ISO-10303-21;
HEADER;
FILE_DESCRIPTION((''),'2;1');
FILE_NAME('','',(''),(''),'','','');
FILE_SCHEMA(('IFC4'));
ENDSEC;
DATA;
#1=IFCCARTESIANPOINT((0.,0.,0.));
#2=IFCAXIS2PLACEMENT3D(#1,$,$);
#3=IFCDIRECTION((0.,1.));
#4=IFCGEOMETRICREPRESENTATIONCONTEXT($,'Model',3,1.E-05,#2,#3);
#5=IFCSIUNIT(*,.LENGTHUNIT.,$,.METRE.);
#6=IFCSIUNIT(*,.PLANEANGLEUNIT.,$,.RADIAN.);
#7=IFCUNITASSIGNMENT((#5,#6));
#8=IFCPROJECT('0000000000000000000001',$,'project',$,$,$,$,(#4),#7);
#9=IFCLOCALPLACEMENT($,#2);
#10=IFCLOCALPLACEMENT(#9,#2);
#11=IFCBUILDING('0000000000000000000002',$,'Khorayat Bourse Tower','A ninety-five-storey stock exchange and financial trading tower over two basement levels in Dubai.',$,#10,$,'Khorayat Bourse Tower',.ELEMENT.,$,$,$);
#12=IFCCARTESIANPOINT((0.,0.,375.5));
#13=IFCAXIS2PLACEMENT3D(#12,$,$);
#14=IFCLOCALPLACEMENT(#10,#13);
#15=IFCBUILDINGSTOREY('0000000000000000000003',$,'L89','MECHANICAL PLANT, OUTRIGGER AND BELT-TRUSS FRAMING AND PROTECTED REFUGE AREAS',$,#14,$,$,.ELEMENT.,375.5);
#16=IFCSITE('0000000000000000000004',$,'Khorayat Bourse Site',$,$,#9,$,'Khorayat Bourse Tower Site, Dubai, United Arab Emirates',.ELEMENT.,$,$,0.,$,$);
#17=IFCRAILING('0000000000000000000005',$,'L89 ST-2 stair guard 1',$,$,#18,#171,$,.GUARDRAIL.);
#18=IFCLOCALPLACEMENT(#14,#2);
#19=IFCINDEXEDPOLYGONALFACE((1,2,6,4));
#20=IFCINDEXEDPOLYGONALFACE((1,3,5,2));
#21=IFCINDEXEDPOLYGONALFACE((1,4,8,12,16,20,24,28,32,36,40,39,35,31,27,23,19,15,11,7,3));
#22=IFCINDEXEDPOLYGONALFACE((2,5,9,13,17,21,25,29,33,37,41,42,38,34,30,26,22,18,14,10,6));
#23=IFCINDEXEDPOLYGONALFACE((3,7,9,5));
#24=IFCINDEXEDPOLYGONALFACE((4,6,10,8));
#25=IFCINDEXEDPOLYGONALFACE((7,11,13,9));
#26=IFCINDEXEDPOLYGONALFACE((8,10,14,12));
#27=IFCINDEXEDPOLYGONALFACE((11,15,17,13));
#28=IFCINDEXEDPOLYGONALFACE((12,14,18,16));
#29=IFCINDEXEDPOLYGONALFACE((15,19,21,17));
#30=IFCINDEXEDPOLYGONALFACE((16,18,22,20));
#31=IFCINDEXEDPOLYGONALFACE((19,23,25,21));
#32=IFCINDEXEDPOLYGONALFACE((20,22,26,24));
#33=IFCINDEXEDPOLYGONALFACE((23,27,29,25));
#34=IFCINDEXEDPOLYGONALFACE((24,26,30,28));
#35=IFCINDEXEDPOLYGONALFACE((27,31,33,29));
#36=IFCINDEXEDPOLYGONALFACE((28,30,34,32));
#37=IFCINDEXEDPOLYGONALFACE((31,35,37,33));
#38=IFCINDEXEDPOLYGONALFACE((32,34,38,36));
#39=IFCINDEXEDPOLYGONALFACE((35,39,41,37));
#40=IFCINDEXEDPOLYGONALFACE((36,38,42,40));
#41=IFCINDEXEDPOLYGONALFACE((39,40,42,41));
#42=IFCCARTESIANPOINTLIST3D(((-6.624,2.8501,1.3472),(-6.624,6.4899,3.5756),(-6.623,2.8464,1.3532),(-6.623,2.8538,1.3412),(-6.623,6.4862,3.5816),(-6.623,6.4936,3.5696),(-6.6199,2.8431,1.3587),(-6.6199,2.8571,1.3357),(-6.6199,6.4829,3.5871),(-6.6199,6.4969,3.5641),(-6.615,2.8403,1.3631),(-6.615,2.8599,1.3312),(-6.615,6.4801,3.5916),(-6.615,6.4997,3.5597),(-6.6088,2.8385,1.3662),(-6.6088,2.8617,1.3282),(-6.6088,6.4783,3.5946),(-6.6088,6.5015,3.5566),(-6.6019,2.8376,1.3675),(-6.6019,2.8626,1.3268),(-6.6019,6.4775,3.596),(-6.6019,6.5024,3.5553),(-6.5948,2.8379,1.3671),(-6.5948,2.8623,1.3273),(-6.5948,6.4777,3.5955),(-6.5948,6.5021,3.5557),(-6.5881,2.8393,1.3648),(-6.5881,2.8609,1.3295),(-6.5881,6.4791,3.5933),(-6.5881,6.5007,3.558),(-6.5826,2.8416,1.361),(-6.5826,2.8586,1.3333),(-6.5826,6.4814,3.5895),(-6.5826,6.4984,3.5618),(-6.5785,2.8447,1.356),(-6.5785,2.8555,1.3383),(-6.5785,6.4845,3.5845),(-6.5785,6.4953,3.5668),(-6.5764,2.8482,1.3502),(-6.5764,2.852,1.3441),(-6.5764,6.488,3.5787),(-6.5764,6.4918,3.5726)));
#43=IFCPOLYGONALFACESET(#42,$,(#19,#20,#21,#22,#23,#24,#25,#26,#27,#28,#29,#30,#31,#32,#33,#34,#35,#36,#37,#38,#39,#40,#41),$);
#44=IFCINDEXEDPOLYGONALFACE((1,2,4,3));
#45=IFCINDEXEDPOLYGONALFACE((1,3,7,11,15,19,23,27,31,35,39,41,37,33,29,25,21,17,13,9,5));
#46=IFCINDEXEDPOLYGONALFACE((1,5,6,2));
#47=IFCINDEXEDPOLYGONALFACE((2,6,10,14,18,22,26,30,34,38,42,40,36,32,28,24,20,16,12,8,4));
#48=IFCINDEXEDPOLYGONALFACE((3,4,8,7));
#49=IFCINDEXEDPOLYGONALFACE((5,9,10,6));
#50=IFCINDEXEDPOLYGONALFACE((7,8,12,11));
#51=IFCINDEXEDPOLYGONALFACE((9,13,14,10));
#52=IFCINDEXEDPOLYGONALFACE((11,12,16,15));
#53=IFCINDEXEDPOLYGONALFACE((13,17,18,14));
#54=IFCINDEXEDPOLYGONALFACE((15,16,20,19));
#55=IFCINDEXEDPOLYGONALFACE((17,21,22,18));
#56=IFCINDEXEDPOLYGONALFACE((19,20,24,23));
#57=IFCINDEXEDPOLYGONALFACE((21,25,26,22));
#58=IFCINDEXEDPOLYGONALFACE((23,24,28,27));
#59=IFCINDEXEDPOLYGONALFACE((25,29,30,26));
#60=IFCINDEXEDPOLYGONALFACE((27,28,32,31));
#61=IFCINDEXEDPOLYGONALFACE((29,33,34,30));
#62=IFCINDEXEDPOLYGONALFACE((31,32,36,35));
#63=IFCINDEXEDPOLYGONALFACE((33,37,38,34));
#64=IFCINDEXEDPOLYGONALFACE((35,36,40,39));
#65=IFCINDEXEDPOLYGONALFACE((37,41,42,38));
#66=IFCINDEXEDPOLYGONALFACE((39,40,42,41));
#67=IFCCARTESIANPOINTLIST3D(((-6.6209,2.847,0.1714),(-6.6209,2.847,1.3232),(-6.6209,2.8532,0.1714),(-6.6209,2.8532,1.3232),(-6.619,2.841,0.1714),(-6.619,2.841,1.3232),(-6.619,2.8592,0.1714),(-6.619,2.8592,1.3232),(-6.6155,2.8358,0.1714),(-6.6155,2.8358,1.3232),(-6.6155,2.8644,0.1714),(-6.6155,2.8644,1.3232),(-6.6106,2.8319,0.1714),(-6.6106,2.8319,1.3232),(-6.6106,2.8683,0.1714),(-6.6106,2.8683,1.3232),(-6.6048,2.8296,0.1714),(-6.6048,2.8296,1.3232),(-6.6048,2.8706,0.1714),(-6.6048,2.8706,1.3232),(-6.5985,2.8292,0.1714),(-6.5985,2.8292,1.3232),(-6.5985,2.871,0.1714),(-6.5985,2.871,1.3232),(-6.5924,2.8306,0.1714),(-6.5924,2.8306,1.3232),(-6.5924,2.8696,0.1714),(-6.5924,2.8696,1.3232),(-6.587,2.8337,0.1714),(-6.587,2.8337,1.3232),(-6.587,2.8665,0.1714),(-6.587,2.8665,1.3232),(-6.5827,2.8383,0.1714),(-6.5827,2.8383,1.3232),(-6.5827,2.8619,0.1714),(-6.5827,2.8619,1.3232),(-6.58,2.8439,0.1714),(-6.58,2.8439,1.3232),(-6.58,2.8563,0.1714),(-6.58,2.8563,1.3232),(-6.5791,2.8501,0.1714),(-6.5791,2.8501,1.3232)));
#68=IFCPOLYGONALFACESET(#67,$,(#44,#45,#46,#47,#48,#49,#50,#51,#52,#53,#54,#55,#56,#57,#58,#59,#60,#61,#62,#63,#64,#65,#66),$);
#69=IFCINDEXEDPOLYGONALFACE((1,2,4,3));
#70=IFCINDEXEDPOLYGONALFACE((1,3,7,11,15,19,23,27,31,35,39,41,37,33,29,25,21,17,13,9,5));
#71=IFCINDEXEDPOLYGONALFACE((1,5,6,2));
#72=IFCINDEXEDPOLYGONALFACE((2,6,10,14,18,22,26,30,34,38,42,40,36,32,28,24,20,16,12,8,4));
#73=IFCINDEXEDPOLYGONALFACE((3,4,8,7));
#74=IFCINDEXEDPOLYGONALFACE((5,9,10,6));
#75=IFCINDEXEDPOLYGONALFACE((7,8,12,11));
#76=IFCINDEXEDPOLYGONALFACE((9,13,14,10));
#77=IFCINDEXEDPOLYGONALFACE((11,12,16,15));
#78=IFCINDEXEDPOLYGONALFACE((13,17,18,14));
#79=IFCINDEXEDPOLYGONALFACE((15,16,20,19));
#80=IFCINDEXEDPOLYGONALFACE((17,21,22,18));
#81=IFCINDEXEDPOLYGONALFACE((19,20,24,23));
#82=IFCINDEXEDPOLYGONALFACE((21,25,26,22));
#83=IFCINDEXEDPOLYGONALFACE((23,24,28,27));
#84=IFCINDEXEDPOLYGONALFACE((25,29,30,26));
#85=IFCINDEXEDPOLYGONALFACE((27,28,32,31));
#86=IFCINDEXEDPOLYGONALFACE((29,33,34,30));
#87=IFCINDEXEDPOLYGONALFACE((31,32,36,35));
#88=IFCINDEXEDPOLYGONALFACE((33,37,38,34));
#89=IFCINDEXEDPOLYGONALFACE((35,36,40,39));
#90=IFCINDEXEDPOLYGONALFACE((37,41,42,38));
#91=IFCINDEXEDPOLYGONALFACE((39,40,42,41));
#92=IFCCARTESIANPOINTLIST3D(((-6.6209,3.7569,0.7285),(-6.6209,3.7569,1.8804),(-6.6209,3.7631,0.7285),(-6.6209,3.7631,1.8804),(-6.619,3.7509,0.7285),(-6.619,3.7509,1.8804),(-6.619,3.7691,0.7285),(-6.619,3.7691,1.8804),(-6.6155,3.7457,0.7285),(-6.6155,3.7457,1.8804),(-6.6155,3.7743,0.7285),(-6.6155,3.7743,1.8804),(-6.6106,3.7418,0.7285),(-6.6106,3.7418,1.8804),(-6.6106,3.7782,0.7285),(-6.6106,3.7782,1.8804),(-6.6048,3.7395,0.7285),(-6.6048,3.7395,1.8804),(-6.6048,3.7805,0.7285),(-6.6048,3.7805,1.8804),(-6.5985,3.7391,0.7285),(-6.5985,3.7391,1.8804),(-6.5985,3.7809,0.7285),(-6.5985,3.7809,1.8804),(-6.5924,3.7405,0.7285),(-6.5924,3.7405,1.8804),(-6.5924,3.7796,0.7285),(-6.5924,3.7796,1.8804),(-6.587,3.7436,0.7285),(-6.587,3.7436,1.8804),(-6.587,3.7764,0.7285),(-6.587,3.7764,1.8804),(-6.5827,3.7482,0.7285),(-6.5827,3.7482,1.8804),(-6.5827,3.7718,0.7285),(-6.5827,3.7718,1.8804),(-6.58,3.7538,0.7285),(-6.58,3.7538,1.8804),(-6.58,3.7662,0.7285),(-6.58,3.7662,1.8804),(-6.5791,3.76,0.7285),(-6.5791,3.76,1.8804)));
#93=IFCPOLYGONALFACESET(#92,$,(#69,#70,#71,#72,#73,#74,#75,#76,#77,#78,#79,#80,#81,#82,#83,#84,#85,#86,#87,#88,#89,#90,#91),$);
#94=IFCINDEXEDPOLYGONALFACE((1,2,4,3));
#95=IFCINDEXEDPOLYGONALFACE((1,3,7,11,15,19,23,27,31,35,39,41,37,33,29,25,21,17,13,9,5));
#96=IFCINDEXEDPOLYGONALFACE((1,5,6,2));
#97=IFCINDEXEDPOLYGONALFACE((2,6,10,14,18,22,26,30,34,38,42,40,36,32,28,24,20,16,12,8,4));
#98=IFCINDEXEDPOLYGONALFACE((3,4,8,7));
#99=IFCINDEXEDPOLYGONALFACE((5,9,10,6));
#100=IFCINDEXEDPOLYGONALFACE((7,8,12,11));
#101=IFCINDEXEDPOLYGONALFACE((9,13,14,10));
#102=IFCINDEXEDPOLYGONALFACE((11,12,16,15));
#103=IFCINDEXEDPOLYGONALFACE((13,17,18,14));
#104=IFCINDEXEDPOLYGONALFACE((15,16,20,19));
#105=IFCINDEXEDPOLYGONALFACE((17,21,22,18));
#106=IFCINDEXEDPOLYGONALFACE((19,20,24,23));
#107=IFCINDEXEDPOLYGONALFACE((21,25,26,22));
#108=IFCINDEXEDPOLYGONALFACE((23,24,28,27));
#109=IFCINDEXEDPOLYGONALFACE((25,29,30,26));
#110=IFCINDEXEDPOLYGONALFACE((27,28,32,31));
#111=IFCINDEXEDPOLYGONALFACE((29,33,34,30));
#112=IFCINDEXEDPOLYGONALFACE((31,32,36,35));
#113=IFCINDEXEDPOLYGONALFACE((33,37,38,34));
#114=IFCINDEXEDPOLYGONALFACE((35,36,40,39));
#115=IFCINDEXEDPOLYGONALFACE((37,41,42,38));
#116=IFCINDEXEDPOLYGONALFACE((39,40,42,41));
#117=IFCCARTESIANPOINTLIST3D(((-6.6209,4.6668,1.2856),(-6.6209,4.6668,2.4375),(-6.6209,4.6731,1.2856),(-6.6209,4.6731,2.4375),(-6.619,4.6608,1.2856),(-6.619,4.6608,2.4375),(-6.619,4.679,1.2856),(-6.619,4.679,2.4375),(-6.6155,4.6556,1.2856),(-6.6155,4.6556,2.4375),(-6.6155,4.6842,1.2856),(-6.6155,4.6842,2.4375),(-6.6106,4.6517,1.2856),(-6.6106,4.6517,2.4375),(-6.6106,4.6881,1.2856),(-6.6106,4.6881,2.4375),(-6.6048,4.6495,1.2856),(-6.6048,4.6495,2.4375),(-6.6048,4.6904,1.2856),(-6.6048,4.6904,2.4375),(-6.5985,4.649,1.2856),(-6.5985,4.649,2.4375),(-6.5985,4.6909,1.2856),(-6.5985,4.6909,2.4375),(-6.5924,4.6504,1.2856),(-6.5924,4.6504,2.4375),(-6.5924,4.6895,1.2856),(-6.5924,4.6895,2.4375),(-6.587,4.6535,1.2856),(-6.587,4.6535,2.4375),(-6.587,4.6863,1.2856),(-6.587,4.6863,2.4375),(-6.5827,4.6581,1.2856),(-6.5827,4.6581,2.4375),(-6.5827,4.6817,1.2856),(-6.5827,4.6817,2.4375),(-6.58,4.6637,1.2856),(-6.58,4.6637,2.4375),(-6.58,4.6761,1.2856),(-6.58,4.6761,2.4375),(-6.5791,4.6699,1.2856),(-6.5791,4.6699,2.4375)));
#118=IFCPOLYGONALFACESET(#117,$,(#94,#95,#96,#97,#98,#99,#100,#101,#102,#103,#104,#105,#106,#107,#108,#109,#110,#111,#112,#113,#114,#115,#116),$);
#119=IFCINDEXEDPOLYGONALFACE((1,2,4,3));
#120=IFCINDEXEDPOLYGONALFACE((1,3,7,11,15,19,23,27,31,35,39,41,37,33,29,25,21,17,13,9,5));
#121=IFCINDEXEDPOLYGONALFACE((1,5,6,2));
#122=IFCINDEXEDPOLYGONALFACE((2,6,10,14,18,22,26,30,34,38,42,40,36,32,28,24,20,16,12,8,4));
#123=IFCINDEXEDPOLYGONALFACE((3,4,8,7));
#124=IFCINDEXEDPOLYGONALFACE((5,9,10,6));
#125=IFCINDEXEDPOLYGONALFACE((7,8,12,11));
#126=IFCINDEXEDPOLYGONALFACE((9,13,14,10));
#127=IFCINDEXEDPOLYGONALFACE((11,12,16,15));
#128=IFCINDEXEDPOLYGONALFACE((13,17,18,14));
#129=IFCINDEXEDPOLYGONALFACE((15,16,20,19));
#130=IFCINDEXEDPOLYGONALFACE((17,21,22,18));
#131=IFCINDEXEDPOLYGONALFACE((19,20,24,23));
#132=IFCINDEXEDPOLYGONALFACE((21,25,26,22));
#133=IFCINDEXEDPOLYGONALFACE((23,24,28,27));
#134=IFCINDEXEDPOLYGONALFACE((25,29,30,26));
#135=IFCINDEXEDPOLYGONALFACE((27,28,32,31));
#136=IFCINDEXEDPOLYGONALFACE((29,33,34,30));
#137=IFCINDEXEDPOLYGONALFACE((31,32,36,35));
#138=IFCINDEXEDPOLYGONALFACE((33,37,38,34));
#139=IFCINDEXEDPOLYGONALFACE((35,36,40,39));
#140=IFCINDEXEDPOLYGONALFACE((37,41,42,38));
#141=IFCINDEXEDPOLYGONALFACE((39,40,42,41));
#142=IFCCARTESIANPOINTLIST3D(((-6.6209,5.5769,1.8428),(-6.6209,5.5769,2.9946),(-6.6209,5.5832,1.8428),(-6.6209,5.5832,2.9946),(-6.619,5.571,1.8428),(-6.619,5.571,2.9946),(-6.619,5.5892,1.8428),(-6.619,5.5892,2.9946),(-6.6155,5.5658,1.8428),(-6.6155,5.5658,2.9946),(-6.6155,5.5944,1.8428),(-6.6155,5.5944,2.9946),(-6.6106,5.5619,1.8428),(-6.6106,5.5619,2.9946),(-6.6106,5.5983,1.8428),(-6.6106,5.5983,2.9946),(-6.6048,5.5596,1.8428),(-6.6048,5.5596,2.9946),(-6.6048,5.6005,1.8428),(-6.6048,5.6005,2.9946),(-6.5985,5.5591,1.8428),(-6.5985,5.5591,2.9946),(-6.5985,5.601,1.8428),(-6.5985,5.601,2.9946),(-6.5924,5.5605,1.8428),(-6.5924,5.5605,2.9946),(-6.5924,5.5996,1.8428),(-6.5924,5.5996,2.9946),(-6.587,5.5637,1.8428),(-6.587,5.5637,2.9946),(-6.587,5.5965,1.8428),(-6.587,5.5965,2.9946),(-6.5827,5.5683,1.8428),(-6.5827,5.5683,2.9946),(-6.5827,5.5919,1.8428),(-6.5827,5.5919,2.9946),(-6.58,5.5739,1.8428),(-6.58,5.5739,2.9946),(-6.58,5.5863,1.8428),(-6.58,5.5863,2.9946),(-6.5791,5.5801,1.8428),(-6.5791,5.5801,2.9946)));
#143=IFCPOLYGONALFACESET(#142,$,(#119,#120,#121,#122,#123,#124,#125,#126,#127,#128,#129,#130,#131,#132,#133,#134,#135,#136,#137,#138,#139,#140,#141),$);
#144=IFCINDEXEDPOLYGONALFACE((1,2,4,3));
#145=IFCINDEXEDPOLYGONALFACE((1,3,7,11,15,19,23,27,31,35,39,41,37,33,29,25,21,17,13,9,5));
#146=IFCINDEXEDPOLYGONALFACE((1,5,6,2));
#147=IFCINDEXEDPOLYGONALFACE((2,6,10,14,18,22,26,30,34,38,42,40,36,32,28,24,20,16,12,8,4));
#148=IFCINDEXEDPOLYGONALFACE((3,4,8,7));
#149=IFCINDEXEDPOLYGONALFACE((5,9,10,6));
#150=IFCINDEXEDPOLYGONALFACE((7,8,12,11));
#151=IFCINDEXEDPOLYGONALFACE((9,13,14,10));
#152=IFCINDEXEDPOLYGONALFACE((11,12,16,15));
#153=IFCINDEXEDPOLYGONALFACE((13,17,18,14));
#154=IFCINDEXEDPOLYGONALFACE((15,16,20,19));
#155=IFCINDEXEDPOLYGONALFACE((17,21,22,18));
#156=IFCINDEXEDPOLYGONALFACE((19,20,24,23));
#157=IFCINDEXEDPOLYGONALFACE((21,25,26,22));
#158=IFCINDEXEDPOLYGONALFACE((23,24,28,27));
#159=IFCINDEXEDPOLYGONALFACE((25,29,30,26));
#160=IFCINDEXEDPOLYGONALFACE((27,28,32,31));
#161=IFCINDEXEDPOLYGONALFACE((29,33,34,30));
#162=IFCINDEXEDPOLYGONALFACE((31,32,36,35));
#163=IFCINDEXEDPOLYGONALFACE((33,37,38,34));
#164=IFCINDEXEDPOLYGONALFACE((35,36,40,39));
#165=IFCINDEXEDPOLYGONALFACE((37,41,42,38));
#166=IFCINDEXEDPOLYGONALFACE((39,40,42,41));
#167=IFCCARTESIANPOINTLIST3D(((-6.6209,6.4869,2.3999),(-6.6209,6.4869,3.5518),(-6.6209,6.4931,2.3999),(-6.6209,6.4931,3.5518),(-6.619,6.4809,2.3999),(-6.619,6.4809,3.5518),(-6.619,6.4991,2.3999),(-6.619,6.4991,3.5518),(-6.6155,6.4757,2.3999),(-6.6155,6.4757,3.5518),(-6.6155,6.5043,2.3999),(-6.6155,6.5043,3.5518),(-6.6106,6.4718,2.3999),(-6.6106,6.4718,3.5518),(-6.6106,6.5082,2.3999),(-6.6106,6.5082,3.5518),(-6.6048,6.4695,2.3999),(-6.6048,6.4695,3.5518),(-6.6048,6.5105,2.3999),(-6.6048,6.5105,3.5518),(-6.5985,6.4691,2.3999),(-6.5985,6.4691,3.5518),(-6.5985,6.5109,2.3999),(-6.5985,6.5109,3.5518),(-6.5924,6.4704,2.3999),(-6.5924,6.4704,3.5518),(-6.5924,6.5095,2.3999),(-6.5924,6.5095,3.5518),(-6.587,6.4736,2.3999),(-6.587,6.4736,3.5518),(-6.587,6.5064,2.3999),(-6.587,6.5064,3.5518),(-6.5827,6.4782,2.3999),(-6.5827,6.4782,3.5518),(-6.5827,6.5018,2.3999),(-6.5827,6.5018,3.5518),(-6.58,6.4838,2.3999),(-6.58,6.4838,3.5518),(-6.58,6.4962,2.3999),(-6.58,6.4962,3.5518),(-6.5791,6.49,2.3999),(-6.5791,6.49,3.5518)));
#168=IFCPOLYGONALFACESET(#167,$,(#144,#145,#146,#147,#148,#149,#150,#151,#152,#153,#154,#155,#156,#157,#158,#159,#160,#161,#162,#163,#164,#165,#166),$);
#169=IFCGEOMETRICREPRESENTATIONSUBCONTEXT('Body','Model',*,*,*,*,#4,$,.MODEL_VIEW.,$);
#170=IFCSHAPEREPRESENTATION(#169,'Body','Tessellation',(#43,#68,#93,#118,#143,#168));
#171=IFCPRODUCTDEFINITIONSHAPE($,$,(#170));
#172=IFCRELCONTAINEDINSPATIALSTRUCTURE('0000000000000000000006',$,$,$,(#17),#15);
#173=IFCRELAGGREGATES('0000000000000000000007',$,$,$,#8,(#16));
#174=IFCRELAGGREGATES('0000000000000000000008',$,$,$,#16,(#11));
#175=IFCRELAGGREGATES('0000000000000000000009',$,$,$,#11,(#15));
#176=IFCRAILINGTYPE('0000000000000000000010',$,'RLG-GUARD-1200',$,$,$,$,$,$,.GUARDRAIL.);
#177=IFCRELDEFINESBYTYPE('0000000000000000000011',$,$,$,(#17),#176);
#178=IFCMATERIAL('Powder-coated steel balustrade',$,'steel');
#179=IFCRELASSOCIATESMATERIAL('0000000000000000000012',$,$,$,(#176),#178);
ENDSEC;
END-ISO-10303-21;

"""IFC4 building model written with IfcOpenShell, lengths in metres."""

from ifc_helpers import new_model, si_unit, direction, frame, origin, origin_2d, place, context, subcontext, project, spatial, circle, extrude, source, transform, mapped, material, type_object, element, save


model = new_model("IFC4")

# Units and contexts
model_context = context("Model", 3, precision=1e-05, world=origin(), true_north=direction((0.0, 1.0)))
body_context = subcontext(model_context, "Body", "Model", "MODEL_VIEW")
ifc_project = project(units=[si_unit("LENGTHUNIT", "METRE"), si_unit("PLANEANGLEUNIT", "RADIAN")], contexts=[model_context])

# Site, building, storey
site_placement = place(None, origin())
site = spatial("IfcSite", under=ifc_project, at=site_placement, Name="Khorayat Bourse Site", LongName="Khorayat Bourse Tower Site, Dubai, United Arab Emirates", CompositionType="ELEMENT", RefElevation=0.0)
building_placement = place(site_placement, origin())
building = spatial("IfcBuilding", under=site, at=building_placement, Name="Khorayat Bourse Tower", Description="A ninety-five-storey stock exchange and financial trading tower over two basement levels in Dubai.", LongName="Khorayat Bourse Tower", CompositionType="ELEMENT")
storey_placement = place(building_placement, frame((0.0, 0.0, 375.5)))
storey = spatial("IfcBuildingStorey", under=building, at=storey_placement, Name="L89", Description="MECHANICAL PLANT, OUTRIGGER AND BELT-TRUSS FRAMING AND PROTECTED REFUGE AREAS", CompositionType="ELEMENT", Elevation=375.5)

# Railing
ifc_material_1 = material(Name="Powder-coated steel balustrade", Category="steel")
railing_type_1 = type_object("IfcRailingType", Name="RLG-GUARD-1200", PredefinedType="GUARDRAIL", material=ifc_material_1)
shared_shape_1 = source(origin(), body_context, "Body", "SweptSolid", [
    extrude(circle(Radius=0.0239, at=origin_2d()), frame((0.0, 0.0, 1.1758), z_axis=(0.0, 0.85285, 0.522156), x_axis=(-1.0, 0.0, 0.0)), (0.0, 0.0, 1.0), 4.2678),
    extrude(circle(Radius=0.021, at=origin_2d()), origin(), (0.0, 0.0, 1.0), 1.1519),
    extrude(circle(Radius=0.021, at=origin_2d()), frame((0.0, 0.9099, 0.5571)), (0.0, 0.0, 1.0), 1.1519),
    extrude(circle(Radius=0.021, at=origin_2d()), frame((0.0, 1.8198, 1.1143)), (0.0, 0.0, 1.0), 1.1519),
    extrude(circle(Radius=0.021, at=origin_2d()), frame((0.0, 2.73, 1.6714)), (0.0, 0.0, 1.0), 1.1519),
    extrude(circle(Radius=0.021, at=origin_2d()), frame((0.0, 3.6399, 2.2285)), (0.0, 0.0, 1.0), 1.1519),
])
railing_1_placement = place(storey_placement, frame((-6.6001, 2.8501, 0.1714)))
element("IfcRailing", 1, at=railing_1_placement, inside=storey, type_object=railing_type_1, Name="L89 ST-2 stair guard 1", PredefinedType="GUARDRAIL", context=body_context, shape_type="MappedRepresentation", body=[
    mapped(shared_shape_1, transform((0.0, 0.0, 0.0), scale=1.0)),
])

save(model, "model.ifc")
